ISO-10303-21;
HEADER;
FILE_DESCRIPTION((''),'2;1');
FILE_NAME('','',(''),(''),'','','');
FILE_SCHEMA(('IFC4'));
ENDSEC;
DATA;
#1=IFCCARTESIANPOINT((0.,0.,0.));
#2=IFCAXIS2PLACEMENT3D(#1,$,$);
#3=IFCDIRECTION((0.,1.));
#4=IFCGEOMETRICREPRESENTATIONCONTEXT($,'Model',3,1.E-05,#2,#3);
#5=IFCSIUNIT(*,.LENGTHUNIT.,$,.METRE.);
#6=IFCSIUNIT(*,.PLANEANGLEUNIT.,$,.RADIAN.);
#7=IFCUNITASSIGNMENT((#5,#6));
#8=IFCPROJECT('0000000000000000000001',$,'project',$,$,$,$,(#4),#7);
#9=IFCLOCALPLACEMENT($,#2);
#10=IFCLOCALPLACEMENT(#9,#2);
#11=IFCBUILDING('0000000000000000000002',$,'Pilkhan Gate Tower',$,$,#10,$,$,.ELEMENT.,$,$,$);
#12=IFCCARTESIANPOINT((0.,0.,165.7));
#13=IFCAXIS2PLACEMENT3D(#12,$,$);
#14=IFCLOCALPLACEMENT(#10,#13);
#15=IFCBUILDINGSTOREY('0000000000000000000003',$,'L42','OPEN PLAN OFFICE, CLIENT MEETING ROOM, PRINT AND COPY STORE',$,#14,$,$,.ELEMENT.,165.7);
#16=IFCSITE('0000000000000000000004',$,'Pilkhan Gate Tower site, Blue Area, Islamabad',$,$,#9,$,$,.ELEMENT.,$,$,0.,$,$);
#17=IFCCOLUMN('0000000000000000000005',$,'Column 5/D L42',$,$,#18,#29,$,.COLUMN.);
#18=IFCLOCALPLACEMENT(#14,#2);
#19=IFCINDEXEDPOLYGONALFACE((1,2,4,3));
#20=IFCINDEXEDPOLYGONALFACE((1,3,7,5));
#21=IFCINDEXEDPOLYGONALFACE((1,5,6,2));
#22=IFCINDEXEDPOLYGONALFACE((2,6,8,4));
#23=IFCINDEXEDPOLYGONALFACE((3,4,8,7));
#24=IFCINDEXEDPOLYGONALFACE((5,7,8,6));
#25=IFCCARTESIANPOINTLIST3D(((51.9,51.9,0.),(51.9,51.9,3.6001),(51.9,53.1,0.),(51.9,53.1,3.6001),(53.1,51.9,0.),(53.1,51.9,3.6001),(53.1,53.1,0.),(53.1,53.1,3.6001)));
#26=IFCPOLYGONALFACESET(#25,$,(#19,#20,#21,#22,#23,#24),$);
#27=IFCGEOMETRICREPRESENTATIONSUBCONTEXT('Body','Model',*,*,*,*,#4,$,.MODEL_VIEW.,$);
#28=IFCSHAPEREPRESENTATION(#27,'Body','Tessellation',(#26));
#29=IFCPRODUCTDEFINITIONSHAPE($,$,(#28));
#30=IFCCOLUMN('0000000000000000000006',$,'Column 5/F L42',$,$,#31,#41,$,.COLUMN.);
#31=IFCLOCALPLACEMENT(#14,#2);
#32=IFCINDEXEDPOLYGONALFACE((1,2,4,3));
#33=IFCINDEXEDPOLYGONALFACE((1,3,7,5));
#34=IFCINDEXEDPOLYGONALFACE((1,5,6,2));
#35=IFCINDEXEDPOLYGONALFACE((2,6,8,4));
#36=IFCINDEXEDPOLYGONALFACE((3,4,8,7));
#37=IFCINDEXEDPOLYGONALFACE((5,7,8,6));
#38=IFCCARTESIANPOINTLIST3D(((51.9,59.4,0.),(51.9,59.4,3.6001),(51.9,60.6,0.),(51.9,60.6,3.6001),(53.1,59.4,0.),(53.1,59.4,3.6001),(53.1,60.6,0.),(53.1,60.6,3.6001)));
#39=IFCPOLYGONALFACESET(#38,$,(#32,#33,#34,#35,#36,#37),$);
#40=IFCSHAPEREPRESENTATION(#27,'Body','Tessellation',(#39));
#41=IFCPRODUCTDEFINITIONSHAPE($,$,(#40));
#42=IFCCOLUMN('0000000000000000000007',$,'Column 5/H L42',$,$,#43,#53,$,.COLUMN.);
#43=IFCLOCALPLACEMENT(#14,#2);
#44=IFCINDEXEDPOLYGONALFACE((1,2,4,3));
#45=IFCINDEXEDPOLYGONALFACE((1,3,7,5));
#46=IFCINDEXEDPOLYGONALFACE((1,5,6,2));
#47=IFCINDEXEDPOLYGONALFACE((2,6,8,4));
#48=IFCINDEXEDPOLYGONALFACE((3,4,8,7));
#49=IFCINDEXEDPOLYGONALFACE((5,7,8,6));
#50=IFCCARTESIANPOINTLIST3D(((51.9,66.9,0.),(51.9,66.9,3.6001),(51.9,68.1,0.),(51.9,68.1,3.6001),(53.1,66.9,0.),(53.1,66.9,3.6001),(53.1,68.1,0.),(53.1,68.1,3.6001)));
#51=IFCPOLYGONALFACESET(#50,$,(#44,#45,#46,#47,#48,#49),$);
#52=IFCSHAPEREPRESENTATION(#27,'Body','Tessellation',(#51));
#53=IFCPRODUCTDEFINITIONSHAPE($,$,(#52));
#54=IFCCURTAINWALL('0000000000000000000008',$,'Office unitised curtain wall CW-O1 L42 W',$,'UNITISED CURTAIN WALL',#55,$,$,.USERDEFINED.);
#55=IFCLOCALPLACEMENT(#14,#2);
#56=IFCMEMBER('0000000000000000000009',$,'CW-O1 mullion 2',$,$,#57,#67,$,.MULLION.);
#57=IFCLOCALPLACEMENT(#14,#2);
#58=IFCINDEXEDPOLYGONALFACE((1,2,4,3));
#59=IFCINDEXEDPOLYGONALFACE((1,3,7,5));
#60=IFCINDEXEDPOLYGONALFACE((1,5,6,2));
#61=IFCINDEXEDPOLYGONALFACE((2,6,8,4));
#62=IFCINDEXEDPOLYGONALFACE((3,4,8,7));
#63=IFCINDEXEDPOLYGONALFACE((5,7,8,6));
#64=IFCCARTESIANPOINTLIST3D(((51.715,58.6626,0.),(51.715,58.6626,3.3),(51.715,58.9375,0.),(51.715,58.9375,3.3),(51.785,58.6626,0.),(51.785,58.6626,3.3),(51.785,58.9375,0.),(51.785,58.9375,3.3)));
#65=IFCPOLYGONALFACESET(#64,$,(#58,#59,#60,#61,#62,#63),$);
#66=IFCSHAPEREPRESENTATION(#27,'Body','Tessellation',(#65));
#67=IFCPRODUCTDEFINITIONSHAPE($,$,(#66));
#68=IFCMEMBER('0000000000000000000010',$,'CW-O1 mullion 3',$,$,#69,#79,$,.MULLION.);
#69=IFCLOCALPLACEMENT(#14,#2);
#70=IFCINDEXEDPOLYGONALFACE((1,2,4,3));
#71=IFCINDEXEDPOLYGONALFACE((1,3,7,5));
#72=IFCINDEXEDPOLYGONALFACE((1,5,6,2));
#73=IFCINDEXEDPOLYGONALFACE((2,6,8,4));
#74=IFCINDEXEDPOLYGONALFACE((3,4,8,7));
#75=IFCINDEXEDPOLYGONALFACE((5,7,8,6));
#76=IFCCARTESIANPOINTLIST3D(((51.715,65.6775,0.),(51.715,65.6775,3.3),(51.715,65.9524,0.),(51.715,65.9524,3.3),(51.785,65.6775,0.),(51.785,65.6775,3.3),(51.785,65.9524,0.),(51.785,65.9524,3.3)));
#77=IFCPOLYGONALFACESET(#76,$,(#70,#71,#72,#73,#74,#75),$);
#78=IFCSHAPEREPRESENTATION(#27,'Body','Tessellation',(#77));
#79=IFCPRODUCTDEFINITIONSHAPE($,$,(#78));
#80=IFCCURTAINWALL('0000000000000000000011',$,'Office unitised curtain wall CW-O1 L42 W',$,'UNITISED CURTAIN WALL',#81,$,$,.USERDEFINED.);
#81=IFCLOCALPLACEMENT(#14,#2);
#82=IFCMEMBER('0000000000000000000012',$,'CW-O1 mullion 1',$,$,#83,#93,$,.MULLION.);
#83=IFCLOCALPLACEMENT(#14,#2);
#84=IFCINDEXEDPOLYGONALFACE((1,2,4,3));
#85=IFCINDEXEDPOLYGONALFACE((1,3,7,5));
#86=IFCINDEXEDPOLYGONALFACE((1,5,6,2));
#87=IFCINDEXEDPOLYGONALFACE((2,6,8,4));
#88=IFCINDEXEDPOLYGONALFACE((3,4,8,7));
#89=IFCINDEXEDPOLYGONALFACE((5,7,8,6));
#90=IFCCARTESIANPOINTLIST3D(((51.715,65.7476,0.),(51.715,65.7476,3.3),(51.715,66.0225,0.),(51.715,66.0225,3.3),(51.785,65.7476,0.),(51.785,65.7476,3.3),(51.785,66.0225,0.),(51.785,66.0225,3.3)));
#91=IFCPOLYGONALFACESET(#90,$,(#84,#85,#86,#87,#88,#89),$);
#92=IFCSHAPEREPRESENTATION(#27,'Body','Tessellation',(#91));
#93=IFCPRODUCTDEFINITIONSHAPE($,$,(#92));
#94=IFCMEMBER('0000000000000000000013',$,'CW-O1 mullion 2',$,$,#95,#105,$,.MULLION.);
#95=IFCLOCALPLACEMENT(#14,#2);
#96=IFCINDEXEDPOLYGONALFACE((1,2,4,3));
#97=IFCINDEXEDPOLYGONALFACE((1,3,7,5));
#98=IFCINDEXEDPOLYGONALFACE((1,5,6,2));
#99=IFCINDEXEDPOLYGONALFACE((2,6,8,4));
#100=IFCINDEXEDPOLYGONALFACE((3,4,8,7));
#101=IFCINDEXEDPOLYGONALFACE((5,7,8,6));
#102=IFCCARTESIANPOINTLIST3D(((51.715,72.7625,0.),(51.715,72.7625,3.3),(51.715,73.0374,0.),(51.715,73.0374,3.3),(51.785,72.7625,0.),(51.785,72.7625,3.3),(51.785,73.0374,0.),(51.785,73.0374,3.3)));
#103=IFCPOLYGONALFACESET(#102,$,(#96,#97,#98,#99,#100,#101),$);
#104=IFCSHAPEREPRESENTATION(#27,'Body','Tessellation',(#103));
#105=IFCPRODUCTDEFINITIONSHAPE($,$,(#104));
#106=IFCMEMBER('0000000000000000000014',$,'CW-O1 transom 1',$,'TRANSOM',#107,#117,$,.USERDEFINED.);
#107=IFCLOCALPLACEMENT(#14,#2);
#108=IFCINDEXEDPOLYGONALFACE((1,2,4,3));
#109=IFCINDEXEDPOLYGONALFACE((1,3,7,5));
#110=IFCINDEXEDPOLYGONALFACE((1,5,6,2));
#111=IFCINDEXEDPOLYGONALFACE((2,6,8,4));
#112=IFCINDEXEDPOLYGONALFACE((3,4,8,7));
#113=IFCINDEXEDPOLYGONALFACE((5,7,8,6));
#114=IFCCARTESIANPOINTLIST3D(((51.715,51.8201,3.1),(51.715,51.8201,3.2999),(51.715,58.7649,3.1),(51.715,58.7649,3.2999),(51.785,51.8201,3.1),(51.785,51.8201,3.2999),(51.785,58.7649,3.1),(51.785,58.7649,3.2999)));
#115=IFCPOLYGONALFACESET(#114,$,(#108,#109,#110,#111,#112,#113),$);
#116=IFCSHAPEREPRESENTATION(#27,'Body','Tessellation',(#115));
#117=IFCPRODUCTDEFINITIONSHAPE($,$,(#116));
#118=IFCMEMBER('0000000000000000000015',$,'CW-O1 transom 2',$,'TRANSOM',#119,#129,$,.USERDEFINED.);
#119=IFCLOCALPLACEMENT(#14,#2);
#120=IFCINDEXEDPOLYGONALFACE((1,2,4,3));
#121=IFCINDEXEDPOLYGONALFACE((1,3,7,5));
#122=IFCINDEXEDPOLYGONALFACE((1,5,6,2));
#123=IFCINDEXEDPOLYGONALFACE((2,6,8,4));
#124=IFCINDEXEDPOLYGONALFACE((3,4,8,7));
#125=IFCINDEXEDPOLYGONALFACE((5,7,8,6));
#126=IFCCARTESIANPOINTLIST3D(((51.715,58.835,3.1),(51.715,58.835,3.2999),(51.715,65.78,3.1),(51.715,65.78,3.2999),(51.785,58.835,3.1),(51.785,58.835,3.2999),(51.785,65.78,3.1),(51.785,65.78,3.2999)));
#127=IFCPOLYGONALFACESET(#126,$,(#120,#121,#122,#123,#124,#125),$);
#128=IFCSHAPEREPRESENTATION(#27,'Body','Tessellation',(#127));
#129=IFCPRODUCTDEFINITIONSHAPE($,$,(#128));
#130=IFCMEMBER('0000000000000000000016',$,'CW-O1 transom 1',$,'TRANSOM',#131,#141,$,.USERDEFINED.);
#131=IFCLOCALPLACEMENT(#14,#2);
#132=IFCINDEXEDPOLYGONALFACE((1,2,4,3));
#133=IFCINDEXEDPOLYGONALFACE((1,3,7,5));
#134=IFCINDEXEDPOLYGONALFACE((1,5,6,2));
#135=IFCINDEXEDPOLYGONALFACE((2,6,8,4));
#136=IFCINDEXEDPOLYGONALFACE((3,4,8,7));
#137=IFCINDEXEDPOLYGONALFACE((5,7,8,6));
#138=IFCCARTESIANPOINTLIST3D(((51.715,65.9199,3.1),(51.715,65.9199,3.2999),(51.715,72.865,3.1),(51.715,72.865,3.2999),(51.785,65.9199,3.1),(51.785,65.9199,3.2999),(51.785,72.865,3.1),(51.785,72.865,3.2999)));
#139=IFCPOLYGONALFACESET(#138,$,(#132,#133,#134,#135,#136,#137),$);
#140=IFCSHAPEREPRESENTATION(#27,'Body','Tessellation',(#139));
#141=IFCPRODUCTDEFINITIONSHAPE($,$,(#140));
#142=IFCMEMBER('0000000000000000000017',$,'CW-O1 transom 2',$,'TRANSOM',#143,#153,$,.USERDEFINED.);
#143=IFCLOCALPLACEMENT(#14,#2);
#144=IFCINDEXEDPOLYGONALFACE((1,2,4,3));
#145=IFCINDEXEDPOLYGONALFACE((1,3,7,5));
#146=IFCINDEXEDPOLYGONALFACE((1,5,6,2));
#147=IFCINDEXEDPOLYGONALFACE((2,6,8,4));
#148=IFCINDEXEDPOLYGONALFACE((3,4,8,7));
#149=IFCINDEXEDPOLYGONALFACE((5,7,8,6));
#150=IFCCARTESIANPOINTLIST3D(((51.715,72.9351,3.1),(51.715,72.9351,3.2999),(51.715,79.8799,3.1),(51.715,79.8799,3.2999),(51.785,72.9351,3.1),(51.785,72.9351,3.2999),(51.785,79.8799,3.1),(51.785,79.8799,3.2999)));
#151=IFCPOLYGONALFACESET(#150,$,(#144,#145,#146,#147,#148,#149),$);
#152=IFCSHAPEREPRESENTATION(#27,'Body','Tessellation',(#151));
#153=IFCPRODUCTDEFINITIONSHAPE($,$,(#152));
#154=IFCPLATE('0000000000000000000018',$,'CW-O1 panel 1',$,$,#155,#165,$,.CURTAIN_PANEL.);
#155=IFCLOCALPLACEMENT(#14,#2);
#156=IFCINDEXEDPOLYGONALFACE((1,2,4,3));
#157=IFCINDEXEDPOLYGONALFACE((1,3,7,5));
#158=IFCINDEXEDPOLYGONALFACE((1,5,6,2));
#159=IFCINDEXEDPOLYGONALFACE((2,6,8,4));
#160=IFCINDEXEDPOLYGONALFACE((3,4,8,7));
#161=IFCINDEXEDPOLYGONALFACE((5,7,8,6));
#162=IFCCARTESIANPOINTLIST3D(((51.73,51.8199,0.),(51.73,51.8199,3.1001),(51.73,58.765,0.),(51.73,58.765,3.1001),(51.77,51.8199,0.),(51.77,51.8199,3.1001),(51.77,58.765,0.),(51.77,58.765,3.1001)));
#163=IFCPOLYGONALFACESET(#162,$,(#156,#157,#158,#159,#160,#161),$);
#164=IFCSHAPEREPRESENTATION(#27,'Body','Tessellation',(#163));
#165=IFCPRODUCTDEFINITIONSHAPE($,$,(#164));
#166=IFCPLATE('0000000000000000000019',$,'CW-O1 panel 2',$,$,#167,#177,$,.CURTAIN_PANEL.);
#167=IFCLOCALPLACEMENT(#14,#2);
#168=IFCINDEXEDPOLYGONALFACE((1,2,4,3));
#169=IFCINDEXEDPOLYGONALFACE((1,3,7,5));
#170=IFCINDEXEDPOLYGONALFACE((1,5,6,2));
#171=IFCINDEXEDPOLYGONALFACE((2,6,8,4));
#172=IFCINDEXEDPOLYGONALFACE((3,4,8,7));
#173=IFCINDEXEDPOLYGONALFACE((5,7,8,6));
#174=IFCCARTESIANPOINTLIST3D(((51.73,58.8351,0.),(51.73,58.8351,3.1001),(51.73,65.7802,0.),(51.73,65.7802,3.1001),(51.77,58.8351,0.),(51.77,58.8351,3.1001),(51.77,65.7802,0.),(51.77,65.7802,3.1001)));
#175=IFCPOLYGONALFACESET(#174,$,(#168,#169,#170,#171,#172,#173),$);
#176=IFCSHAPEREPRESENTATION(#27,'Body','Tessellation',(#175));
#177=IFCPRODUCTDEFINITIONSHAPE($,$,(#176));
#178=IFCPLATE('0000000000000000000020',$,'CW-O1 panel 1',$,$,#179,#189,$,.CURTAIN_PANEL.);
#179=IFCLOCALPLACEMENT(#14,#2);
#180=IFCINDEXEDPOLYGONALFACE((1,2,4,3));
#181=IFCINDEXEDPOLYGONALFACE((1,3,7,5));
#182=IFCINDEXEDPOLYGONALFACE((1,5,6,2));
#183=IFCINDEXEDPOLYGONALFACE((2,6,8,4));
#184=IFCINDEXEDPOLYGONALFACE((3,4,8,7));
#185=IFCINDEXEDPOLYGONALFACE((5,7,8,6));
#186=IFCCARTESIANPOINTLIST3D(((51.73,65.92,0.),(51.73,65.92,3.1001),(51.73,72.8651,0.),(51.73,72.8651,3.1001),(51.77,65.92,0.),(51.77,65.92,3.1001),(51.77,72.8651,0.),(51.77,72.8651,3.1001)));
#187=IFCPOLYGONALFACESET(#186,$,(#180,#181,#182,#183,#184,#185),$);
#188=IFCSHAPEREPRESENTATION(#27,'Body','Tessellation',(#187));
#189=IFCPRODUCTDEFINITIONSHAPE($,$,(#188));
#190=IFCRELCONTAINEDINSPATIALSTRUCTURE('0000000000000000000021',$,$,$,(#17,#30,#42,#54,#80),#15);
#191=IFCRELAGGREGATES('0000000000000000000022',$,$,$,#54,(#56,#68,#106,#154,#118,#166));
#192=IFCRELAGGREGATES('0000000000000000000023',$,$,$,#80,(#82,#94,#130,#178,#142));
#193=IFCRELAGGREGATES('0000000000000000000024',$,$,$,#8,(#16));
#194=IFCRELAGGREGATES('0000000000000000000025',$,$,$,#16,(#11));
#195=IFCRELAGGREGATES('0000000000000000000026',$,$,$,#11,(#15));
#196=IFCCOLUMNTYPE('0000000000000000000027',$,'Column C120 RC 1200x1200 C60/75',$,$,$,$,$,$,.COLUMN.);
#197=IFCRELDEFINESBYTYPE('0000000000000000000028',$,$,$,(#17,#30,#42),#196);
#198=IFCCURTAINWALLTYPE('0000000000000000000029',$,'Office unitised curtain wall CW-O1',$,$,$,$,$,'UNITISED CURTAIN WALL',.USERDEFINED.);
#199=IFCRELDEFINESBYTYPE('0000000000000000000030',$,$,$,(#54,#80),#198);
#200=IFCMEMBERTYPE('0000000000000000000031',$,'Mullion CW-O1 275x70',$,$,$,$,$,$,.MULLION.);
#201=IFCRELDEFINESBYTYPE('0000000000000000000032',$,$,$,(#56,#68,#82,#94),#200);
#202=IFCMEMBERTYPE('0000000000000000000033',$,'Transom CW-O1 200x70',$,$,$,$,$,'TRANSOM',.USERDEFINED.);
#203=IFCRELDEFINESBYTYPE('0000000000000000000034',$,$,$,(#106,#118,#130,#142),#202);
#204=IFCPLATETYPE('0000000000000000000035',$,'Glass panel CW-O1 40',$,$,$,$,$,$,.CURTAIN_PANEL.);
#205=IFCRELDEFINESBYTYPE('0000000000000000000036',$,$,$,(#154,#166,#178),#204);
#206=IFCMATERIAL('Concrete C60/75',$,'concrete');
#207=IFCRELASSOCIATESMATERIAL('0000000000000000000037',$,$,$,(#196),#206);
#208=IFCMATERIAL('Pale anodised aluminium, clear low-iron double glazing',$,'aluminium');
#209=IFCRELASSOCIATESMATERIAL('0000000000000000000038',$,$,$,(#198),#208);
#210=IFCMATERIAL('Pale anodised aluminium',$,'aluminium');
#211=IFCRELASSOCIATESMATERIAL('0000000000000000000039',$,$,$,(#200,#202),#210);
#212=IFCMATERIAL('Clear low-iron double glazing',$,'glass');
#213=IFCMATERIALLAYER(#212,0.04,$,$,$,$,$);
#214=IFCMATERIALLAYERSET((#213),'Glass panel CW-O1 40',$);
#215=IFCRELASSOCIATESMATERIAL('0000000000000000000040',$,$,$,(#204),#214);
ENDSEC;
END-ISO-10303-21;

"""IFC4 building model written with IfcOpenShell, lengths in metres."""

from ifc_helpers import new_model, si_unit, direction, frame, origin, origin_2d, place, context, subcontext, project, spatial, rectangle, extrude, material, layer, layer_set, material_profile, profile_set, type_object, element, aggregate, save


model = new_model("IFC4")

# Units and contexts
model_context = context("Model", 3, precision=1e-05, world=origin(), true_north=direction((0.0, 1.0)))
body_context = subcontext(model_context, "Body", "Model", "MODEL_VIEW")
ifc_project = project(units=[si_unit("LENGTHUNIT", "METRE"), si_unit("PLANEANGLEUNIT", "RADIAN")], contexts=[model_context])

# Site, building, storey
site_placement = place(None, origin())
site = spatial("IfcSite", under=ifc_project, at=site_placement, Name="Pilkhan Gate Tower site, Blue Area, Islamabad", CompositionType="ELEMENT", RefElevation=0.0)
building_placement = place(site_placement, origin())
building = spatial("IfcBuilding", under=site, at=building_placement, Name="Pilkhan Gate Tower", CompositionType="ELEMENT")
storey_placement = place(building_placement, frame((0.0, 0.0, 165.7)))
storey = spatial("IfcBuildingStorey", under=building, at=storey_placement, Name="L42", Description="OPEN PLAN OFFICE, CLIENT MEETING ROOM, PRINT AND COPY STORE", CompositionType="ELEMENT", Elevation=165.7)

# Columns
ifc_material_1 = material(Name="Concrete C60/75", Category="concrete")
ifc_material_profile_1 = material_profile(ifc_material_1, rectangle(XDim=1.2, YDim=1.2, at=origin_2d()), Name="RC 1200x1200")
ifc_profile_set_1 = profile_set([ifc_material_profile_1], Name="Concrete C60/75")
column_type = type_object("IfcColumnType", Name="Column C120 RC 1200x1200 C60/75", PredefinedType="COLUMN", material=ifc_profile_set_1)
for number, where, z_axis, x_axis, name in (
    (1, (52.5, 52.5, 0.0), (0.0, 0.0, 1.0), (1.0, 0.0, 0.0), "Column 5/D L42"),
    (2, (52.5, 60.0, 0.0), (0.0, 0.0, 1.0), (1.0, 0.0, 0.0), "Column 5/F L42"),
    (3, (52.5, 67.5, 0.0), (0.0, 0.0, 1.0), (1.0, 0.0, 0.0), "Column 5/H L42"),
):
    element("IfcColumn", number, at=place(storey_placement, frame(where, z_axis=z_axis, x_axis=x_axis)), inside=storey, type_object=column_type, Name=name, PredefinedType="COLUMN", context=body_context, shape_type="SweptSolid", body=[
        extrude(rectangle(XDim=1.2, YDim=1.2, at=origin_2d()), origin(), (0.0, 0.0, 1.0), 3.6001),
    ])

# Curtain walls, members
ifc_material_2 = material(Name="Pale anodised aluminium, clear low-iron double glazing", Category="aluminium")
curtain_wall_type = type_object("IfcCurtainWallType", Name="Office unitised curtain wall CW-O1", ElementType="UNITISED CURTAIN WALL", PredefinedType="USERDEFINED", material=ifc_material_2)
curtain_wall_1_placement = place(storey_placement, origin())
curtain_wall_1 = element("IfcCurtainWall", 4, at=curtain_wall_1_placement, inside=storey, type_object=curtain_wall_type, Name="Office unitised curtain wall CW-O1 L42 W", ObjectType="UNITISED CURTAIN WALL", PredefinedType="USERDEFINED")
ifc_material_3 = material(Name="Pale anodised aluminium", Category="aluminium")
ifc_material_profile_2 = material_profile(ifc_material_3, rectangle(XDim=0.0701, YDim=0.2749, at=origin_2d()), Name="Mullion 275x70")
ifc_profile_set_2 = profile_set([ifc_material_profile_2], Name="Pale anodised aluminium")
member_type_1 = type_object("IfcMemberType", Name="Mullion CW-O1 275x70", PredefinedType="MULLION", material=ifc_profile_set_2)
member_1_placement = place(storey_placement, frame((51.75, 58.8, 0.0), z_axis=(0.0, 0.0, 1.0), x_axis=(-1.0, 0.0, 0.0)))
member_1 = element("IfcMember", 5, at=member_1_placement, type_object=member_type_1, Name="CW-O1 mullion 2", PredefinedType="MULLION", context=body_context, shape_type="SweptSolid", body=[
    extrude(rectangle(XDim=0.0701, YDim=0.2749, at=origin_2d()), origin(), (0.0, 0.0, 1.0), 3.3),
])
member_2_placement = place(storey_placement, frame((51.75, 65.8149, 0.0), z_axis=(0.0, 0.0, 1.0), x_axis=(-1.0, 0.0, 0.0)))
member_2 = element("IfcMember", 6, at=member_2_placement, type_object=member_type_1, Name="CW-O1 mullion 3", PredefinedType="MULLION", context=body_context, shape_type="SweptSolid", body=[
    extrude(rectangle(XDim=0.0701, YDim=0.2749, at=origin_2d()), origin(), (0.0, 0.0, 1.0), 3.3),
])
curtain_wall_2_placement = place(storey_placement, origin())
curtain_wall_2 = element("IfcCurtainWall", 7, at=curtain_wall_2_placement, inside=storey, type_object=curtain_wall_type, Name="Office unitised curtain wall CW-O1 L42 W", ObjectType="UNITISED CURTAIN WALL", PredefinedType="USERDEFINED")
member_3_placement = place(storey_placement, frame((51.75, 65.885, 0.0), z_axis=(0.0, 0.0, 1.0), x_axis=(-1.0, 0.0, 0.0)))
member_3 = element("IfcMember", 8, at=member_3_placement, type_object=member_type_1, Name="CW-O1 mullion 1", PredefinedType="MULLION", context=body_context, shape_type="SweptSolid", body=[
    extrude(rectangle(XDim=0.0701, YDim=0.2749, at=origin_2d()), origin(), (0.0, 0.0, 1.0), 3.3),
])
member_4_placement = place(storey_placement, frame((51.75, 72.8999, 0.0), z_axis=(0.0, 0.0, 1.0), x_axis=(-1.0, 0.0, 0.0)))
member_4 = element("IfcMember", 9, at=member_4_placement, type_object=member_type_1, Name="CW-O1 mullion 2", PredefinedType="MULLION", context=body_context, shape_type="SweptSolid", body=[
    extrude(rectangle(XDim=0.0701, YDim=0.2749, at=origin_2d()), origin(), (0.0, 0.0, 1.0), 3.3),
])

# Members
ifc_material_profile_3 = material_profile(ifc_material_3, rectangle(XDim=0.0701, YDim=0.2, at=origin_2d()), Name="Transom 200x70")
ifc_profile_set_3 = profile_set([ifc_material_profile_3], Name="Pale anodised aluminium")
member_type_2 = type_object("IfcMemberType", Name="Transom CW-O1 200x70", ElementType="TRANSOM", PredefinedType="USERDEFINED", material=ifc_profile_set_3)
member_5_placement = place(storey_placement, frame((51.75, 51.8201, 3.2), z_axis=(0.0, 1.0, 0.0), x_axis=(-1.0, 0.0, 0.0)))
member_5 = element("IfcMember", 10, at=member_5_placement, type_object=member_type_2, Name="CW-O1 transom 1", ObjectType="TRANSOM", PredefinedType="USERDEFINED", context=body_context, shape_type="SweptSolid", body=[
    extrude(rectangle(XDim=0.0701, YDim=0.2, at=origin_2d()), origin(), (0.0, 0.0, 1.0), 6.9448),
])
member_6_placement = place(storey_placement, frame((51.75, 58.835, 3.2), z_axis=(0.0, 1.0, 0.0), x_axis=(-1.0, 0.0, 0.0)))
member_6 = element("IfcMember", 11, at=member_6_placement, type_object=member_type_2, Name="CW-O1 transom 2", ObjectType="TRANSOM", PredefinedType="USERDEFINED", context=body_context, shape_type="SweptSolid", body=[
    extrude(rectangle(XDim=0.0701, YDim=0.2, at=origin_2d()), origin(), (0.0, 0.0, 1.0), 6.9451),
])
member_7_placement = place(storey_placement, frame((51.75, 65.9199, 3.2), z_axis=(0.0, 1.0, 0.0), x_axis=(-1.0, 0.0, 0.0)))
member_7 = element("IfcMember", 12, at=member_7_placement, type_object=member_type_2, Name="CW-O1 transom 1", ObjectType="TRANSOM", PredefinedType="USERDEFINED", context=body_context, shape_type="SweptSolid", body=[
    extrude(rectangle(XDim=0.0701, YDim=0.2, at=origin_2d()), origin(), (0.0, 0.0, 1.0), 6.9451),
])
member_8_placement = place(storey_placement, frame((51.75, 72.9351, 3.2), z_axis=(0.0, 1.0, 0.0), x_axis=(-1.0, 0.0, 0.0)))
member_8 = element("IfcMember", 13, at=member_8_placement, type_object=member_type_2, Name="CW-O1 transom 2", ObjectType="TRANSOM", PredefinedType="USERDEFINED", context=body_context, shape_type="SweptSolid", body=[
    extrude(rectangle(XDim=0.0701, YDim=0.2, at=origin_2d()), origin(), (0.0, 0.0, 1.0), 6.9448),
])

# Plates
ifc_material_4 = material(Name="Clear low-iron double glazing", Category="glass")
ifc_layer_1 = layer(ifc_material_4, 0.04)
ifc_layer_set_1 = layer_set([ifc_layer_1], Name="Glass panel CW-O1 40")
plate_type = type_object("IfcPlateType", Name="Glass panel CW-O1 40", PredefinedType="CURTAIN_PANEL", material=ifc_layer_set_1)
plate_1_placement = place(storey_placement, frame((51.75, 55.2925, 0.0), z_axis=(0.0, 0.0, 1.0), x_axis=(0.0, 1.0, 0.0)))
plate_1 = element("IfcPlate", 14, at=plate_1_placement, type_object=plate_type, Name="CW-O1 panel 1", PredefinedType="CURTAIN_PANEL", context=body_context, shape_type="SweptSolid", body=[
    extrude(rectangle(XDim=6.9451, YDim=0.04, at=origin_2d()), origin(), (0.0, 0.0, 1.0), 3.1001),
])
plate_2_placement = place(storey_placement, frame((51.75, 62.3076, 0.0), z_axis=(0.0, 0.0, 1.0), x_axis=(0.0, 1.0, 0.0)))
plate_2 = element("IfcPlate", 15, at=plate_2_placement, type_object=plate_type, Name="CW-O1 panel 2", PredefinedType="CURTAIN_PANEL", context=body_context, shape_type="SweptSolid", body=[
    extrude(rectangle(XDim=6.9451, YDim=0.04, at=origin_2d()), origin(), (0.0, 0.0, 1.0), 3.1001),
])
aggregate(curtain_wall_1, [member_1, member_2, member_5, plate_1, member_6, plate_2])
plate_3_placement = place(storey_placement, frame((51.75, 69.3926, 0.0), z_axis=(0.0, 0.0, 1.0), x_axis=(0.0, 1.0, 0.0)))
plate_3 = element("IfcPlate", 16, at=plate_3_placement, type_object=plate_type, Name="CW-O1 panel 1", PredefinedType="CURTAIN_PANEL", context=body_context, shape_type="SweptSolid", body=[
    extrude(rectangle(XDim=6.9451, YDim=0.04, at=origin_2d()), origin(), (0.0, 0.0, 1.0), 3.1001),
])
aggregate(curtain_wall_2, [member_3, member_4, member_7, plate_3, member_8])

save(model, "model.ifc")
